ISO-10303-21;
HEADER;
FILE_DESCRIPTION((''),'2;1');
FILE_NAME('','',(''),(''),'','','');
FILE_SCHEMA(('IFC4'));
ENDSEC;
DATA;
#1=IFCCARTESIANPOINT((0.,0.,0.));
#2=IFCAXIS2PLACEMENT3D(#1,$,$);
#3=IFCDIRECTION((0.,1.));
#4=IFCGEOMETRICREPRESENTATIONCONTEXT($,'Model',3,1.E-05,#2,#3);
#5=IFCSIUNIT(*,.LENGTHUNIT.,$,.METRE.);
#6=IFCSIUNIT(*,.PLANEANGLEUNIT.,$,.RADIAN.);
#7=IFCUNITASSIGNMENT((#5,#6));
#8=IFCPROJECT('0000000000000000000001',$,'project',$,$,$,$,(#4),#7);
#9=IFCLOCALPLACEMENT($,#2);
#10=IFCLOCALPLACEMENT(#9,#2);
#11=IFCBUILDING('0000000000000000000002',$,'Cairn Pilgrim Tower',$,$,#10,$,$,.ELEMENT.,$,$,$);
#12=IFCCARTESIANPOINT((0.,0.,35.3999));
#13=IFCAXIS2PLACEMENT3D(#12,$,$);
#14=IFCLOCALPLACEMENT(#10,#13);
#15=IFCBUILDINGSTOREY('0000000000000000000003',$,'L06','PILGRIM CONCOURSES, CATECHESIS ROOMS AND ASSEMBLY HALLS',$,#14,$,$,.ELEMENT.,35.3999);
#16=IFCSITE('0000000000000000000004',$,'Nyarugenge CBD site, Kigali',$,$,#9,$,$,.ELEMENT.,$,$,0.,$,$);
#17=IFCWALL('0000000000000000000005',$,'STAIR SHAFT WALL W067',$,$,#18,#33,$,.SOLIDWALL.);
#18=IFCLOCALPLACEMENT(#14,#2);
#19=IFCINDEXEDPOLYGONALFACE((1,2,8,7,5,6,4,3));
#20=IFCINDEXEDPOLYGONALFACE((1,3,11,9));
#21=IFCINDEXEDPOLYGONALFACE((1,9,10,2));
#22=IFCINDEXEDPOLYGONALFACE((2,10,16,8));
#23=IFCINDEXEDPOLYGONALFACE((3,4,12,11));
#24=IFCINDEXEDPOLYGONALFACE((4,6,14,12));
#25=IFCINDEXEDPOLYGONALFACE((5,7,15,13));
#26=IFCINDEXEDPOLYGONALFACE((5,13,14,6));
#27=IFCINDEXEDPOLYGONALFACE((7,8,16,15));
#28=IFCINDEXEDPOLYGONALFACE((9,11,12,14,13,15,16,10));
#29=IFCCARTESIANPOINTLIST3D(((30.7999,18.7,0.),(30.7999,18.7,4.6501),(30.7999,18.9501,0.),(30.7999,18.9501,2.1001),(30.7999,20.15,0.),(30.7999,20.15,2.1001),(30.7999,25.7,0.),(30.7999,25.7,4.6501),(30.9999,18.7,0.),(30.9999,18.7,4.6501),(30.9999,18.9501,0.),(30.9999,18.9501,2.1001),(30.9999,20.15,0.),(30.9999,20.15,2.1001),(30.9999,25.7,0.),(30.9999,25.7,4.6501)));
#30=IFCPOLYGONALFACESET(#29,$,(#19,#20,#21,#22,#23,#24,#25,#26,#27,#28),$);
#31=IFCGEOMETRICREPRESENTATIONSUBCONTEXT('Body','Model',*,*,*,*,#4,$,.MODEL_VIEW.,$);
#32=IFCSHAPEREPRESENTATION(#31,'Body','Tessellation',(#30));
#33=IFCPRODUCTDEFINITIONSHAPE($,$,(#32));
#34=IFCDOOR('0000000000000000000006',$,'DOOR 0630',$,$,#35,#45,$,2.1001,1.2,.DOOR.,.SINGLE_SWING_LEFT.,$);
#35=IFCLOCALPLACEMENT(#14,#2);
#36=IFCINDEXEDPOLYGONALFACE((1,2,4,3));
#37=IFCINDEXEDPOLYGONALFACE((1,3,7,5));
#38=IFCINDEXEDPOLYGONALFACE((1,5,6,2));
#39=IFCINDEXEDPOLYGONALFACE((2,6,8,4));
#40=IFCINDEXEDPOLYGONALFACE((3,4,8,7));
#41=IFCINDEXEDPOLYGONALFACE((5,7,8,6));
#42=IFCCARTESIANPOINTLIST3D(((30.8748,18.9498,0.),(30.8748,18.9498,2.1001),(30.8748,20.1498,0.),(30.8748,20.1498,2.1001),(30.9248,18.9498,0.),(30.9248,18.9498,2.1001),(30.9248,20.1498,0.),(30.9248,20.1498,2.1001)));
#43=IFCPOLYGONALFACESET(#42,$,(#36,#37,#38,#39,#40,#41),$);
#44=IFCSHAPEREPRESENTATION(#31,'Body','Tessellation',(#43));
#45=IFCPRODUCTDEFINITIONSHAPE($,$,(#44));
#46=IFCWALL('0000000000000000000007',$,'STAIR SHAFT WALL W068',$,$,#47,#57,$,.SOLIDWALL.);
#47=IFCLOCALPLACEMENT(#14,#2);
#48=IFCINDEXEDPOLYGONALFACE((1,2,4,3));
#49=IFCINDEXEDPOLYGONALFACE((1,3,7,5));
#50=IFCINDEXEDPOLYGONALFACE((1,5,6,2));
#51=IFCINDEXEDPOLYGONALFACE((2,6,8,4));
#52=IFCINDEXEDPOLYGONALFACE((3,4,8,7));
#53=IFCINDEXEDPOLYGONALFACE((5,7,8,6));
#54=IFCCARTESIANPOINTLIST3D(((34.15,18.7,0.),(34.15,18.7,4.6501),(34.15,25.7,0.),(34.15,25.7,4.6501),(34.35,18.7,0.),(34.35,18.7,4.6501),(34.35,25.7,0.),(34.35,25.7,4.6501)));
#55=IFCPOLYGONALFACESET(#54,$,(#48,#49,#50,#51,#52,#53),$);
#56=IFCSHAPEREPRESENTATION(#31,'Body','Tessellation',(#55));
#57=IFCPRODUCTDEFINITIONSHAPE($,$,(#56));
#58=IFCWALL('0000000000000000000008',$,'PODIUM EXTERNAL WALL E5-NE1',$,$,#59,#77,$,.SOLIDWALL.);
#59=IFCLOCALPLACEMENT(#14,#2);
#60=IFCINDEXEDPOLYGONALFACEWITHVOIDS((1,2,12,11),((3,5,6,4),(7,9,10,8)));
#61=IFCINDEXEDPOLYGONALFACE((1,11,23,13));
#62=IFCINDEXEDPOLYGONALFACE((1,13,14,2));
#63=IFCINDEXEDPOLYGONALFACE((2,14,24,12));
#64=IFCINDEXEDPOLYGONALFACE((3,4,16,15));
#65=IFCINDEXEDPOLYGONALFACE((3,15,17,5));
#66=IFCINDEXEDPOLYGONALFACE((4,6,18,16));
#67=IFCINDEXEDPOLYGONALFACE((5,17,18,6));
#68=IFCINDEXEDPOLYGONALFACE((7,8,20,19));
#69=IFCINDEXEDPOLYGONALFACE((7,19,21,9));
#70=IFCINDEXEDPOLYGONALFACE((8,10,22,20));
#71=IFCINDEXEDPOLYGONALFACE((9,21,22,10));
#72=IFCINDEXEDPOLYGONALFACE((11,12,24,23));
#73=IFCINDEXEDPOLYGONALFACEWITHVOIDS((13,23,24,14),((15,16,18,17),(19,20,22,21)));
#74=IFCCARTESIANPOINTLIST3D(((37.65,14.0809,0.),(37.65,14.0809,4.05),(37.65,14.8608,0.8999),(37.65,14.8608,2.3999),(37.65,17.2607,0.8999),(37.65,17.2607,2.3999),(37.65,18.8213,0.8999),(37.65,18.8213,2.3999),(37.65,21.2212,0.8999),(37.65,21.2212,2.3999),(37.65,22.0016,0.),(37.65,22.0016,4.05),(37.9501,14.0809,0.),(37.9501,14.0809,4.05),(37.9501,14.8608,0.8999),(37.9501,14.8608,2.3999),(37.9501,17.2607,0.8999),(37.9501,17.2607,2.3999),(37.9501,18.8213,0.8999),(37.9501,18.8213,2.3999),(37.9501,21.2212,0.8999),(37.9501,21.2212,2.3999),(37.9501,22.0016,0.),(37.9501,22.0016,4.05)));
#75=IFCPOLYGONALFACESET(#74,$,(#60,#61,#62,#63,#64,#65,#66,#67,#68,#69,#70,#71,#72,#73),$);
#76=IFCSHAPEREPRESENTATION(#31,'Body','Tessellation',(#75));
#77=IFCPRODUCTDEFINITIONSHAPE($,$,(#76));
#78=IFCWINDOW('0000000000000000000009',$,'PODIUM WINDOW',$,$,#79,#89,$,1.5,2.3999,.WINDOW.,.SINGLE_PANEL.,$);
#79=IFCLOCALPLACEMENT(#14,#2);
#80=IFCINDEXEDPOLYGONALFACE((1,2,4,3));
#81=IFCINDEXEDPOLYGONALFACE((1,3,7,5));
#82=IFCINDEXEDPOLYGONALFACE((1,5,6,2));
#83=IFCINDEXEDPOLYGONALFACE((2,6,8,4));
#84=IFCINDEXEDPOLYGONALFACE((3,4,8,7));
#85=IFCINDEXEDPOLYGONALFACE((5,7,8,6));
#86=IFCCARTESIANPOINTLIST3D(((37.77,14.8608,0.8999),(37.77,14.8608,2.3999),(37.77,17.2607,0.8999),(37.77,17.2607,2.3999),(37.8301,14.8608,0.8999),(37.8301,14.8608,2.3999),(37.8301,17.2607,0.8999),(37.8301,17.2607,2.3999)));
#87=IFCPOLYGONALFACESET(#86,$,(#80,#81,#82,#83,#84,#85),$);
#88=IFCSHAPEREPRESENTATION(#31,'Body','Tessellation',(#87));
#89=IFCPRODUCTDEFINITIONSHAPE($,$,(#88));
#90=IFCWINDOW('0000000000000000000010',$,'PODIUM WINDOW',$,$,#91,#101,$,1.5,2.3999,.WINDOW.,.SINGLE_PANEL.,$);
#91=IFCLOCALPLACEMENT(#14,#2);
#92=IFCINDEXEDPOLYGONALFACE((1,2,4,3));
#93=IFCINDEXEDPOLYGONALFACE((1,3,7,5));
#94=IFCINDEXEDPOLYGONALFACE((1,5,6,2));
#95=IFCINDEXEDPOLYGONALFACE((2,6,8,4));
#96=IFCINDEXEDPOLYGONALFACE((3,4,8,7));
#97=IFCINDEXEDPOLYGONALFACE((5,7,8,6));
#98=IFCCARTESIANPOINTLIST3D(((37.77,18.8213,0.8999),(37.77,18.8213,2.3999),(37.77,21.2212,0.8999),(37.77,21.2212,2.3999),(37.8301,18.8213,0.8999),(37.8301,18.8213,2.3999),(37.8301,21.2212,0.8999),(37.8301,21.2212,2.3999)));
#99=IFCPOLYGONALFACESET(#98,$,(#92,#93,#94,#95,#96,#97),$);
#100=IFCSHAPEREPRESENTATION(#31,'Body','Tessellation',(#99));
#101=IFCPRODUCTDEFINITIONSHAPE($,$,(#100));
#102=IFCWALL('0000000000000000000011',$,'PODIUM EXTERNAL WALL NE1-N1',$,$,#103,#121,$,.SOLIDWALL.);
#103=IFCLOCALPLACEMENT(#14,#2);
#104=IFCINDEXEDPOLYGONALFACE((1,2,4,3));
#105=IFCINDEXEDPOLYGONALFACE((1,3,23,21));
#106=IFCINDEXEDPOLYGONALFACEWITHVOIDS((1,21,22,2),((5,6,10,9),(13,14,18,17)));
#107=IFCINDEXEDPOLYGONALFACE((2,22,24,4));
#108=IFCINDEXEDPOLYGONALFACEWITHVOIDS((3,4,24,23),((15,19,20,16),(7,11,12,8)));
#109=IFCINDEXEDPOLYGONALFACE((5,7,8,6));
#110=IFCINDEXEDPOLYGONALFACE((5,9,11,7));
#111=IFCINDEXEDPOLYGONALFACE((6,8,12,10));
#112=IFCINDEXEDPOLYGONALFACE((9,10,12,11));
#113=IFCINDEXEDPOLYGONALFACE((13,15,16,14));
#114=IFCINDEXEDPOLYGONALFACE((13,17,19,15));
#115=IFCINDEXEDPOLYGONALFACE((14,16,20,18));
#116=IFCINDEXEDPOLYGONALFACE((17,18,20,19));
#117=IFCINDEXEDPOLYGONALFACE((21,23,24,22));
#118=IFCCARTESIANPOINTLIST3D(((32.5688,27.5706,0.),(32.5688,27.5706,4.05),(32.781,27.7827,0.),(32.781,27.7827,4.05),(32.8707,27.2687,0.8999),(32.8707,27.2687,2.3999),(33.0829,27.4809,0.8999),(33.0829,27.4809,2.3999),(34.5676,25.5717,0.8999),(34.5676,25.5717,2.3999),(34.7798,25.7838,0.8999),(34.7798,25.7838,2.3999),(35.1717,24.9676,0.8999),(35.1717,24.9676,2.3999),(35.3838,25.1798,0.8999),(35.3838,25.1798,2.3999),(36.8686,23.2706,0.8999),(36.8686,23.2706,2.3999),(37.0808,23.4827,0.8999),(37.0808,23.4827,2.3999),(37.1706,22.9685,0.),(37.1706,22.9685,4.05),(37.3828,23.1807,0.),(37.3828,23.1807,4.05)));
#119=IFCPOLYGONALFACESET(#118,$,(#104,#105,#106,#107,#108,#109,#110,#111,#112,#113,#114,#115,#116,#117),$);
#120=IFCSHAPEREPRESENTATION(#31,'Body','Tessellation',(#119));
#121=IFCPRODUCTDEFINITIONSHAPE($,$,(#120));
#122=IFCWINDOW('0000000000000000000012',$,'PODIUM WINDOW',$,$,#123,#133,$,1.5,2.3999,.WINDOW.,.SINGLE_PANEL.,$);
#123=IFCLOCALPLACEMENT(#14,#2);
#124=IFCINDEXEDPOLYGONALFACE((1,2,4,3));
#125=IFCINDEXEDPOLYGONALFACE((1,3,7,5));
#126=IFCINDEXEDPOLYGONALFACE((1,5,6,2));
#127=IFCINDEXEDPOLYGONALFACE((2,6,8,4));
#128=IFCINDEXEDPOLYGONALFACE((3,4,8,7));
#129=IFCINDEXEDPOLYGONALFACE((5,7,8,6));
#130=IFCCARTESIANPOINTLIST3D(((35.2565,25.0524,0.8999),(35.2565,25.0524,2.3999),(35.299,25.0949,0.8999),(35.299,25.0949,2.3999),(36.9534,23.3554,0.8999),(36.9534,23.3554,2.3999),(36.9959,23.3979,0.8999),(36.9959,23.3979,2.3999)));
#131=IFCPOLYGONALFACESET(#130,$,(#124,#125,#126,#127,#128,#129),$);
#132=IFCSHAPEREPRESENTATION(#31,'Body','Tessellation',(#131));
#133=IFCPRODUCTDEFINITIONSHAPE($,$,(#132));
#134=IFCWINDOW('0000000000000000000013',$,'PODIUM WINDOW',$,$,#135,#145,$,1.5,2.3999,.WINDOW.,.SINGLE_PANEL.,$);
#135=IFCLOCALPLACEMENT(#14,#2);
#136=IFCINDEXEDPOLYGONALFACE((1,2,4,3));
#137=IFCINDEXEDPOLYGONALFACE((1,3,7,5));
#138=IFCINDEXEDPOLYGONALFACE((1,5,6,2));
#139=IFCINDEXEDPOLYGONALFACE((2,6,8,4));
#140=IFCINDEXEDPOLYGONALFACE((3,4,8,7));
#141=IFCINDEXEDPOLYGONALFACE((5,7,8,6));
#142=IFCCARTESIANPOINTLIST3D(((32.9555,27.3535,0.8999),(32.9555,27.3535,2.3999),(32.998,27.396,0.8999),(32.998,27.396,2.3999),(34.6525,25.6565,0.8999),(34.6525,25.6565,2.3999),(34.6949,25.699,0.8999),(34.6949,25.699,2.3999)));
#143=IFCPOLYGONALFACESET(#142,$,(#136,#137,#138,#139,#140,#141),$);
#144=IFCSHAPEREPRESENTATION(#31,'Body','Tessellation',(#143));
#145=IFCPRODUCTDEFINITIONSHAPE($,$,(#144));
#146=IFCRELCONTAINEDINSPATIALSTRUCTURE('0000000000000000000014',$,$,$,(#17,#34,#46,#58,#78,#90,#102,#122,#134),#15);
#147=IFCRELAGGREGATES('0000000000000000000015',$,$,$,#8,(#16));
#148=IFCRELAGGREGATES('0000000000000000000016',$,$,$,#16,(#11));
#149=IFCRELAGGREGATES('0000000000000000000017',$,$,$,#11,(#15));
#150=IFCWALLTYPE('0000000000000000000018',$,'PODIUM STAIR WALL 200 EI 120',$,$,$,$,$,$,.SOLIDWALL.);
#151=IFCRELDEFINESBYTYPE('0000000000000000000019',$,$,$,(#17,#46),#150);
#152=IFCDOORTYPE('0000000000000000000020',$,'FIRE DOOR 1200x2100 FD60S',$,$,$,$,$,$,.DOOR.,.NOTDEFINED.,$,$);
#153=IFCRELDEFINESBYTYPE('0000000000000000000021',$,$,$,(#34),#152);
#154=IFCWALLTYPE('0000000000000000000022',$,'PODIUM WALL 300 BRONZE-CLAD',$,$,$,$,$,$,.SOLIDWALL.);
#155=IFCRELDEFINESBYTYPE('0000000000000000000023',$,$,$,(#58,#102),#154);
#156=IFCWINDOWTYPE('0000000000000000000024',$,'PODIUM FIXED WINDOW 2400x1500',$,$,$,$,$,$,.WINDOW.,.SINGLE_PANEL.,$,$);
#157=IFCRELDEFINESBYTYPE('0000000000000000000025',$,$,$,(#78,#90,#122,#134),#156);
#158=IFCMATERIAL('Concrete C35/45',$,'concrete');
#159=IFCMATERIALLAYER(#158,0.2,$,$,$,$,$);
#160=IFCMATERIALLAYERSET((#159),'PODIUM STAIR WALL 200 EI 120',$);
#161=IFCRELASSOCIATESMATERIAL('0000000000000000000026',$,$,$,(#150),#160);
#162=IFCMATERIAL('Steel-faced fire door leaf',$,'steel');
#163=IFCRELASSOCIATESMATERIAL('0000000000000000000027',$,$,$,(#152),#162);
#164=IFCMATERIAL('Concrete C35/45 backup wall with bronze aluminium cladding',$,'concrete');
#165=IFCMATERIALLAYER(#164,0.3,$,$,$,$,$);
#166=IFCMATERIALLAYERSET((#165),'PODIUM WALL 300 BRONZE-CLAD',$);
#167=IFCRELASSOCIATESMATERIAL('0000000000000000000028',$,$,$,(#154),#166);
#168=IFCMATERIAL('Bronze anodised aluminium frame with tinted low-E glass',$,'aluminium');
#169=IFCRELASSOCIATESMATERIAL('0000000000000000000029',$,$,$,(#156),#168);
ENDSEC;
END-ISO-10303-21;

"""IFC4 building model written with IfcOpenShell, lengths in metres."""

from ifc_helpers import new_model, si_unit, direction, frame, frame_2d, origin, place, context, subcontext, project, spatial, rectangle, extrude, material, layer, layer_set, type_object, element, fill, save


model = new_model("IFC4")

# Units and contexts
model_context = context("Model", 3, precision=1e-05, world=origin(), true_north=direction((0.0, 1.0)))
body_context = subcontext(model_context, "Body", "Model", "MODEL_VIEW")
ifc_project = project(units=[si_unit("LENGTHUNIT", "METRE"), si_unit("PLANEANGLEUNIT", "RADIAN")], contexts=[model_context])

# Site, building, storey
site_placement = place(None, origin())
site = spatial("IfcSite", under=ifc_project, at=site_placement, Name="Nyarugenge CBD site, Kigali", CompositionType="ELEMENT", RefElevation=0.0)
building_placement = place(site_placement, origin())
building = spatial("IfcBuilding", under=site, at=building_placement, Name="Cairn Pilgrim Tower", CompositionType="ELEMENT")
storey_placement = place(building_placement, frame((0.0, 0.0, 35.3999)))
storey = spatial("IfcBuildingStorey", under=building, at=storey_placement, Name="L06", Description="PILGRIM CONCOURSES, CATECHESIS ROOMS AND ASSEMBLY HALLS", CompositionType="ELEMENT", Elevation=35.3999)

# Wall, opening, door
ifc_material_1 = material(Name="Concrete C35/45", Category="concrete")
ifc_layer_1 = layer(ifc_material_1, 0.2)
ifc_layer_set_1 = layer_set([ifc_layer_1], Name="PODIUM STAIR WALL 200 EI 120")
wall_type_1 = type_object("IfcWallType", Name="PODIUM STAIR WALL 200 EI 120", PredefinedType="SOLIDWALL", material=ifc_layer_set_1)
wall_1_placement = place(storey_placement, frame((30.8999, 18.7, 0.0), z_axis=(0.0, 0.0, 1.0), x_axis=(0.0, 1.0, 0.0)))
wall_1 = element("IfcWall", 1, at=wall_1_placement, inside=storey, type_object=wall_type_1, Name="STAIR SHAFT WALL W067", PredefinedType="SOLIDWALL", context=body_context, shape_type="SweptSolid", body=[
    extrude(rectangle(XDim=7.0, YDim=0.2, at=frame_2d((3.5, 0.0))), origin(), (0.0, 0.0, 1.0), 4.6501),
])
opening_1_placement = place(wall_1_placement, frame((0.25, 0.0, 0.0)))
opening_1 = element("IfcOpeningElement", 2, at=opening_1_placement, cuts=wall_1, PredefinedType="OPENING", context=body_context, shape_type="SweptSolid", body=[
    extrude(rectangle(XDim=1.2, YDim=2.1001, at=frame_2d((0.6001, 1.05))), frame((0.0, 0.1099, 0.0), z_axis=(0.0, -1.0, 0.0), x_axis=(1.0, 0.0, 0.0)), (0.0, 0.0, 1.0), 0.22),
])
ifc_material_2 = material(Name="Steel-faced fire door leaf", Category="steel")
door_type = type_object("IfcDoorType", Name="FIRE DOOR 1200x2100 FD60S", OperationType="NOTDEFINED", PredefinedType="DOOR", material=ifc_material_2)
door_placement = place(opening_1_placement, frame((1.2, 0.0, 0.0), z_axis=(0.0, 0.0, 1.0), x_axis=(-1.0, 0.0, 0.0)))
door = element("IfcDoor", 3, at=door_placement, inside=storey, type_object=door_type, Name="DOOR 0630", OperationType="SINGLE_SWING_LEFT", OverallHeight=2.1001, OverallWidth=1.2, PredefinedType="DOOR", context=body_context, shape_type="SweptSolid", body=[
    extrude(rectangle(XDim=1.2, YDim=2.1001, at=frame_2d((0.6001, 1.05))), frame((0.0, 0.0249, 0.0), z_axis=(0.0, -1.0, 0.0), x_axis=(1.0, 0.0, 0.0)), (0.0, 0.0, 1.0), 0.05),
])
fill(opening_1, door)

# Wall
wall_2_placement = place(storey_placement, frame((34.25, 18.7, 0.0), z_axis=(0.0, 0.0, 1.0), x_axis=(0.0, 1.0, 0.0)))
element("IfcWall", 4, at=wall_2_placement, inside=storey, type_object=wall_type_1, Name="STAIR SHAFT WALL W068", PredefinedType="SOLIDWALL", context=body_context, shape_type="SweptSolid", body=[
    extrude(rectangle(XDim=7.0, YDim=0.2, at=frame_2d((3.5, 0.0))), origin(), (0.0, 0.0, 1.0), 4.6501),
])

# Walls, openings, windows
ifc_material_3 = material(Name="Concrete C35/45 backup wall with bronze aluminium cladding", Category="concrete")
ifc_layer_2 = layer(ifc_material_3, 0.3)
ifc_layer_set_2 = layer_set([ifc_layer_2], Name="PODIUM WALL 300 BRONZE-CLAD")
wall_type_2 = type_object("IfcWallType", Name="PODIUM WALL 300 BRONZE-CLAD", PredefinedType="SOLIDWALL", material=ifc_layer_set_2)
wall_3_placement = place(storey_placement, frame((37.8, 14.0808, 0.0), z_axis=(0.0, 0.0, 1.0), x_axis=(0.0, 1.0, 0.0)))
wall_3 = element("IfcWall", 5, at=wall_3_placement, inside=storey, type_object=wall_type_2, Name="PODIUM EXTERNAL WALL E5-NE1", PredefinedType="SOLIDWALL", context=body_context, shape_type="SweptSolid", body=[
    extrude(rectangle(XDim=7.9207, YDim=0.3, at=frame_2d((3.9604, 0.0))), origin(), (0.0, 0.0, 1.0), 4.05),
])
opening_2_placement = place(wall_3_placement, frame((0.78, 0.0, 0.8999)))
opening_2 = element("IfcOpeningElement", 6, at=opening_2_placement, cuts=wall_3, PredefinedType="OPENING", context=body_context, shape_type="SweptSolid", body=[
    extrude(rectangle(XDim=2.3999, YDim=1.5, at=frame_2d((1.2, 0.75))), frame((0.0, 0.1602, 0.0), z_axis=(0.0, -1.0, 0.0), x_axis=(1.0, 0.0, 0.0)), (0.0, 0.0, 1.0), 0.3201),
])
opening_3_placement = place(wall_3_placement, frame((4.7405, 0.0, 0.8999)))
opening_3 = element("IfcOpeningElement", 7, at=opening_3_placement, cuts=wall_3, PredefinedType="OPENING", context=body_context, shape_type="SweptSolid", body=[
    extrude(rectangle(XDim=2.3999, YDim=1.5, at=frame_2d((1.2, 0.75))), frame((0.0, 0.1602, 0.0), z_axis=(0.0, -1.0, 0.0), x_axis=(1.0, 0.0, 0.0)), (0.0, 0.0, 1.0), 0.3201),
])
ifc_material_4 = material(Name="Bronze anodised aluminium frame with tinted low-E glass", Category="aluminium")
window_type = type_object("IfcWindowType", Name="PODIUM FIXED WINDOW 2400x1500", PartitioningType="SINGLE_PANEL", PredefinedType="WINDOW", material=ifc_material_4)
window_1_placement = place(opening_2_placement, origin())
window_1 = element("IfcWindow", 8, at=window_1_placement, inside=storey, type_object=window_type, Name="PODIUM WINDOW", OverallHeight=1.5, OverallWidth=2.3999, PartitioningType="SINGLE_PANEL", PredefinedType="WINDOW", context=body_context, shape_type="SweptSolid", body=[
    extrude(rectangle(XDim=2.3999, YDim=1.5, at=frame_2d((1.2, 0.75))), frame((0.0, 0.03, 0.0), z_axis=(0.0, -1.0, 0.0), x_axis=(1.0, 0.0, 0.0)), (0.0, 0.0, 1.0), 0.0601),
])
fill(opening_2, window_1)
window_2_placement = place(opening_3_placement, origin())
window_2 = element("IfcWindow", 9, at=window_2_placement, inside=storey, type_object=window_type, Name="PODIUM WINDOW", OverallHeight=1.5, OverallWidth=2.3999, PartitioningType="SINGLE_PANEL", PredefinedType="WINDOW", context=body_context, shape_type="SweptSolid", body=[
    extrude(rectangle(XDim=2.3999, YDim=1.5, at=frame_2d((1.2, 0.75))), frame((0.0, 0.03, 0.0), z_axis=(0.0, -1.0, 0.0), x_axis=(1.0, 0.0, 0.0)), (0.0, 0.0, 1.0), 0.0601),
])
fill(opening_3, window_2)
wall_4_placement = place(storey_placement, frame((37.2766, 23.0747, 0.0), z_axis=(0.0, 0.0, 1.0), x_axis=(-0.707088, 0.707126, 0.0)))
wall_4 = element("IfcWall", 10, at=wall_4_placement, inside=storey, type_object=wall_type_2, Name="PODIUM EXTERNAL WALL NE1-N1", PredefinedType="SOLIDWALL", context=body_context, shape_type="SweptSolid", body=[
    extrude(rectangle(XDim=6.5081, YDim=0.3, at=frame_2d((3.2539, 0.0))), origin(), (0.0, 0.0, 1.0), 4.05),
])
opening_4_placement = place(wall_4_placement, frame((0.427, 0.0, 0.8999)))
opening_4 = element("IfcOpeningElement", 11, at=opening_4_placement, cuts=wall_4, PredefinedType="OPENING", context=body_context, shape_type="SweptSolid", body=[
    extrude(rectangle(XDim=2.3999, YDim=1.5, at=frame_2d((1.2, 0.75))), frame((0.0, 0.1602, 0.0), z_axis=(0.0, -1.0, 0.0), x_axis=(1.0, 0.0, 0.0)), (0.0, 0.0, 1.0), 0.3201),
])
opening_5_placement = place(wall_4_placement, frame((3.6812, 0.0, 0.8999)))
opening_5 = element("IfcOpeningElement", 12, at=opening_5_placement, cuts=wall_4, PredefinedType="OPENING", context=body_context, shape_type="SweptSolid", body=[
    extrude(rectangle(XDim=2.3999, YDim=1.5, at=frame_2d((1.2, 0.75))), frame((0.0, 0.1602, 0.0), z_axis=(0.0, -1.0, 0.0), x_axis=(1.0, 0.0, 0.0)), (0.0, 0.0, 1.0), 0.3201),
])
window_3_placement = place(opening_4_placement, origin())
window_3 = element("IfcWindow", 13, at=window_3_placement, inside=storey, type_object=window_type, Name="PODIUM WINDOW", OverallHeight=1.5, OverallWidth=2.3999, PartitioningType="SINGLE_PANEL", PredefinedType="WINDOW", context=body_context, shape_type="SweptSolid", body=[
    extrude(rectangle(XDim=2.3999, YDim=1.5, at=frame_2d((1.2, 0.75))), frame((0.0, 0.03, 0.0), z_axis=(0.0, -1.0, 0.0), x_axis=(1.0, 0.0, 0.0)), (0.0, 0.0, 1.0), 0.0601),
])
fill(opening_4, window_3)
window_4_placement = place(opening_5_placement, origin())
window_4 = element("IfcWindow", 14, at=window_4_placement, inside=storey, type_object=window_type, Name="PODIUM WINDOW", OverallHeight=1.5, OverallWidth=2.3999, PartitioningType="SINGLE_PANEL", PredefinedType="WINDOW", context=body_context, shape_type="SweptSolid", body=[
    extrude(rectangle(XDim=2.3999, YDim=1.5, at=frame_2d((1.2, 0.75))), frame((0.0, 0.03, 0.0), z_axis=(0.0, -1.0, 0.0), x_axis=(1.0, 0.0, 0.0)), (0.0, 0.0, 1.0), 0.0601),
])
fill(opening_5, window_4)

save(model, "model.ifc")
